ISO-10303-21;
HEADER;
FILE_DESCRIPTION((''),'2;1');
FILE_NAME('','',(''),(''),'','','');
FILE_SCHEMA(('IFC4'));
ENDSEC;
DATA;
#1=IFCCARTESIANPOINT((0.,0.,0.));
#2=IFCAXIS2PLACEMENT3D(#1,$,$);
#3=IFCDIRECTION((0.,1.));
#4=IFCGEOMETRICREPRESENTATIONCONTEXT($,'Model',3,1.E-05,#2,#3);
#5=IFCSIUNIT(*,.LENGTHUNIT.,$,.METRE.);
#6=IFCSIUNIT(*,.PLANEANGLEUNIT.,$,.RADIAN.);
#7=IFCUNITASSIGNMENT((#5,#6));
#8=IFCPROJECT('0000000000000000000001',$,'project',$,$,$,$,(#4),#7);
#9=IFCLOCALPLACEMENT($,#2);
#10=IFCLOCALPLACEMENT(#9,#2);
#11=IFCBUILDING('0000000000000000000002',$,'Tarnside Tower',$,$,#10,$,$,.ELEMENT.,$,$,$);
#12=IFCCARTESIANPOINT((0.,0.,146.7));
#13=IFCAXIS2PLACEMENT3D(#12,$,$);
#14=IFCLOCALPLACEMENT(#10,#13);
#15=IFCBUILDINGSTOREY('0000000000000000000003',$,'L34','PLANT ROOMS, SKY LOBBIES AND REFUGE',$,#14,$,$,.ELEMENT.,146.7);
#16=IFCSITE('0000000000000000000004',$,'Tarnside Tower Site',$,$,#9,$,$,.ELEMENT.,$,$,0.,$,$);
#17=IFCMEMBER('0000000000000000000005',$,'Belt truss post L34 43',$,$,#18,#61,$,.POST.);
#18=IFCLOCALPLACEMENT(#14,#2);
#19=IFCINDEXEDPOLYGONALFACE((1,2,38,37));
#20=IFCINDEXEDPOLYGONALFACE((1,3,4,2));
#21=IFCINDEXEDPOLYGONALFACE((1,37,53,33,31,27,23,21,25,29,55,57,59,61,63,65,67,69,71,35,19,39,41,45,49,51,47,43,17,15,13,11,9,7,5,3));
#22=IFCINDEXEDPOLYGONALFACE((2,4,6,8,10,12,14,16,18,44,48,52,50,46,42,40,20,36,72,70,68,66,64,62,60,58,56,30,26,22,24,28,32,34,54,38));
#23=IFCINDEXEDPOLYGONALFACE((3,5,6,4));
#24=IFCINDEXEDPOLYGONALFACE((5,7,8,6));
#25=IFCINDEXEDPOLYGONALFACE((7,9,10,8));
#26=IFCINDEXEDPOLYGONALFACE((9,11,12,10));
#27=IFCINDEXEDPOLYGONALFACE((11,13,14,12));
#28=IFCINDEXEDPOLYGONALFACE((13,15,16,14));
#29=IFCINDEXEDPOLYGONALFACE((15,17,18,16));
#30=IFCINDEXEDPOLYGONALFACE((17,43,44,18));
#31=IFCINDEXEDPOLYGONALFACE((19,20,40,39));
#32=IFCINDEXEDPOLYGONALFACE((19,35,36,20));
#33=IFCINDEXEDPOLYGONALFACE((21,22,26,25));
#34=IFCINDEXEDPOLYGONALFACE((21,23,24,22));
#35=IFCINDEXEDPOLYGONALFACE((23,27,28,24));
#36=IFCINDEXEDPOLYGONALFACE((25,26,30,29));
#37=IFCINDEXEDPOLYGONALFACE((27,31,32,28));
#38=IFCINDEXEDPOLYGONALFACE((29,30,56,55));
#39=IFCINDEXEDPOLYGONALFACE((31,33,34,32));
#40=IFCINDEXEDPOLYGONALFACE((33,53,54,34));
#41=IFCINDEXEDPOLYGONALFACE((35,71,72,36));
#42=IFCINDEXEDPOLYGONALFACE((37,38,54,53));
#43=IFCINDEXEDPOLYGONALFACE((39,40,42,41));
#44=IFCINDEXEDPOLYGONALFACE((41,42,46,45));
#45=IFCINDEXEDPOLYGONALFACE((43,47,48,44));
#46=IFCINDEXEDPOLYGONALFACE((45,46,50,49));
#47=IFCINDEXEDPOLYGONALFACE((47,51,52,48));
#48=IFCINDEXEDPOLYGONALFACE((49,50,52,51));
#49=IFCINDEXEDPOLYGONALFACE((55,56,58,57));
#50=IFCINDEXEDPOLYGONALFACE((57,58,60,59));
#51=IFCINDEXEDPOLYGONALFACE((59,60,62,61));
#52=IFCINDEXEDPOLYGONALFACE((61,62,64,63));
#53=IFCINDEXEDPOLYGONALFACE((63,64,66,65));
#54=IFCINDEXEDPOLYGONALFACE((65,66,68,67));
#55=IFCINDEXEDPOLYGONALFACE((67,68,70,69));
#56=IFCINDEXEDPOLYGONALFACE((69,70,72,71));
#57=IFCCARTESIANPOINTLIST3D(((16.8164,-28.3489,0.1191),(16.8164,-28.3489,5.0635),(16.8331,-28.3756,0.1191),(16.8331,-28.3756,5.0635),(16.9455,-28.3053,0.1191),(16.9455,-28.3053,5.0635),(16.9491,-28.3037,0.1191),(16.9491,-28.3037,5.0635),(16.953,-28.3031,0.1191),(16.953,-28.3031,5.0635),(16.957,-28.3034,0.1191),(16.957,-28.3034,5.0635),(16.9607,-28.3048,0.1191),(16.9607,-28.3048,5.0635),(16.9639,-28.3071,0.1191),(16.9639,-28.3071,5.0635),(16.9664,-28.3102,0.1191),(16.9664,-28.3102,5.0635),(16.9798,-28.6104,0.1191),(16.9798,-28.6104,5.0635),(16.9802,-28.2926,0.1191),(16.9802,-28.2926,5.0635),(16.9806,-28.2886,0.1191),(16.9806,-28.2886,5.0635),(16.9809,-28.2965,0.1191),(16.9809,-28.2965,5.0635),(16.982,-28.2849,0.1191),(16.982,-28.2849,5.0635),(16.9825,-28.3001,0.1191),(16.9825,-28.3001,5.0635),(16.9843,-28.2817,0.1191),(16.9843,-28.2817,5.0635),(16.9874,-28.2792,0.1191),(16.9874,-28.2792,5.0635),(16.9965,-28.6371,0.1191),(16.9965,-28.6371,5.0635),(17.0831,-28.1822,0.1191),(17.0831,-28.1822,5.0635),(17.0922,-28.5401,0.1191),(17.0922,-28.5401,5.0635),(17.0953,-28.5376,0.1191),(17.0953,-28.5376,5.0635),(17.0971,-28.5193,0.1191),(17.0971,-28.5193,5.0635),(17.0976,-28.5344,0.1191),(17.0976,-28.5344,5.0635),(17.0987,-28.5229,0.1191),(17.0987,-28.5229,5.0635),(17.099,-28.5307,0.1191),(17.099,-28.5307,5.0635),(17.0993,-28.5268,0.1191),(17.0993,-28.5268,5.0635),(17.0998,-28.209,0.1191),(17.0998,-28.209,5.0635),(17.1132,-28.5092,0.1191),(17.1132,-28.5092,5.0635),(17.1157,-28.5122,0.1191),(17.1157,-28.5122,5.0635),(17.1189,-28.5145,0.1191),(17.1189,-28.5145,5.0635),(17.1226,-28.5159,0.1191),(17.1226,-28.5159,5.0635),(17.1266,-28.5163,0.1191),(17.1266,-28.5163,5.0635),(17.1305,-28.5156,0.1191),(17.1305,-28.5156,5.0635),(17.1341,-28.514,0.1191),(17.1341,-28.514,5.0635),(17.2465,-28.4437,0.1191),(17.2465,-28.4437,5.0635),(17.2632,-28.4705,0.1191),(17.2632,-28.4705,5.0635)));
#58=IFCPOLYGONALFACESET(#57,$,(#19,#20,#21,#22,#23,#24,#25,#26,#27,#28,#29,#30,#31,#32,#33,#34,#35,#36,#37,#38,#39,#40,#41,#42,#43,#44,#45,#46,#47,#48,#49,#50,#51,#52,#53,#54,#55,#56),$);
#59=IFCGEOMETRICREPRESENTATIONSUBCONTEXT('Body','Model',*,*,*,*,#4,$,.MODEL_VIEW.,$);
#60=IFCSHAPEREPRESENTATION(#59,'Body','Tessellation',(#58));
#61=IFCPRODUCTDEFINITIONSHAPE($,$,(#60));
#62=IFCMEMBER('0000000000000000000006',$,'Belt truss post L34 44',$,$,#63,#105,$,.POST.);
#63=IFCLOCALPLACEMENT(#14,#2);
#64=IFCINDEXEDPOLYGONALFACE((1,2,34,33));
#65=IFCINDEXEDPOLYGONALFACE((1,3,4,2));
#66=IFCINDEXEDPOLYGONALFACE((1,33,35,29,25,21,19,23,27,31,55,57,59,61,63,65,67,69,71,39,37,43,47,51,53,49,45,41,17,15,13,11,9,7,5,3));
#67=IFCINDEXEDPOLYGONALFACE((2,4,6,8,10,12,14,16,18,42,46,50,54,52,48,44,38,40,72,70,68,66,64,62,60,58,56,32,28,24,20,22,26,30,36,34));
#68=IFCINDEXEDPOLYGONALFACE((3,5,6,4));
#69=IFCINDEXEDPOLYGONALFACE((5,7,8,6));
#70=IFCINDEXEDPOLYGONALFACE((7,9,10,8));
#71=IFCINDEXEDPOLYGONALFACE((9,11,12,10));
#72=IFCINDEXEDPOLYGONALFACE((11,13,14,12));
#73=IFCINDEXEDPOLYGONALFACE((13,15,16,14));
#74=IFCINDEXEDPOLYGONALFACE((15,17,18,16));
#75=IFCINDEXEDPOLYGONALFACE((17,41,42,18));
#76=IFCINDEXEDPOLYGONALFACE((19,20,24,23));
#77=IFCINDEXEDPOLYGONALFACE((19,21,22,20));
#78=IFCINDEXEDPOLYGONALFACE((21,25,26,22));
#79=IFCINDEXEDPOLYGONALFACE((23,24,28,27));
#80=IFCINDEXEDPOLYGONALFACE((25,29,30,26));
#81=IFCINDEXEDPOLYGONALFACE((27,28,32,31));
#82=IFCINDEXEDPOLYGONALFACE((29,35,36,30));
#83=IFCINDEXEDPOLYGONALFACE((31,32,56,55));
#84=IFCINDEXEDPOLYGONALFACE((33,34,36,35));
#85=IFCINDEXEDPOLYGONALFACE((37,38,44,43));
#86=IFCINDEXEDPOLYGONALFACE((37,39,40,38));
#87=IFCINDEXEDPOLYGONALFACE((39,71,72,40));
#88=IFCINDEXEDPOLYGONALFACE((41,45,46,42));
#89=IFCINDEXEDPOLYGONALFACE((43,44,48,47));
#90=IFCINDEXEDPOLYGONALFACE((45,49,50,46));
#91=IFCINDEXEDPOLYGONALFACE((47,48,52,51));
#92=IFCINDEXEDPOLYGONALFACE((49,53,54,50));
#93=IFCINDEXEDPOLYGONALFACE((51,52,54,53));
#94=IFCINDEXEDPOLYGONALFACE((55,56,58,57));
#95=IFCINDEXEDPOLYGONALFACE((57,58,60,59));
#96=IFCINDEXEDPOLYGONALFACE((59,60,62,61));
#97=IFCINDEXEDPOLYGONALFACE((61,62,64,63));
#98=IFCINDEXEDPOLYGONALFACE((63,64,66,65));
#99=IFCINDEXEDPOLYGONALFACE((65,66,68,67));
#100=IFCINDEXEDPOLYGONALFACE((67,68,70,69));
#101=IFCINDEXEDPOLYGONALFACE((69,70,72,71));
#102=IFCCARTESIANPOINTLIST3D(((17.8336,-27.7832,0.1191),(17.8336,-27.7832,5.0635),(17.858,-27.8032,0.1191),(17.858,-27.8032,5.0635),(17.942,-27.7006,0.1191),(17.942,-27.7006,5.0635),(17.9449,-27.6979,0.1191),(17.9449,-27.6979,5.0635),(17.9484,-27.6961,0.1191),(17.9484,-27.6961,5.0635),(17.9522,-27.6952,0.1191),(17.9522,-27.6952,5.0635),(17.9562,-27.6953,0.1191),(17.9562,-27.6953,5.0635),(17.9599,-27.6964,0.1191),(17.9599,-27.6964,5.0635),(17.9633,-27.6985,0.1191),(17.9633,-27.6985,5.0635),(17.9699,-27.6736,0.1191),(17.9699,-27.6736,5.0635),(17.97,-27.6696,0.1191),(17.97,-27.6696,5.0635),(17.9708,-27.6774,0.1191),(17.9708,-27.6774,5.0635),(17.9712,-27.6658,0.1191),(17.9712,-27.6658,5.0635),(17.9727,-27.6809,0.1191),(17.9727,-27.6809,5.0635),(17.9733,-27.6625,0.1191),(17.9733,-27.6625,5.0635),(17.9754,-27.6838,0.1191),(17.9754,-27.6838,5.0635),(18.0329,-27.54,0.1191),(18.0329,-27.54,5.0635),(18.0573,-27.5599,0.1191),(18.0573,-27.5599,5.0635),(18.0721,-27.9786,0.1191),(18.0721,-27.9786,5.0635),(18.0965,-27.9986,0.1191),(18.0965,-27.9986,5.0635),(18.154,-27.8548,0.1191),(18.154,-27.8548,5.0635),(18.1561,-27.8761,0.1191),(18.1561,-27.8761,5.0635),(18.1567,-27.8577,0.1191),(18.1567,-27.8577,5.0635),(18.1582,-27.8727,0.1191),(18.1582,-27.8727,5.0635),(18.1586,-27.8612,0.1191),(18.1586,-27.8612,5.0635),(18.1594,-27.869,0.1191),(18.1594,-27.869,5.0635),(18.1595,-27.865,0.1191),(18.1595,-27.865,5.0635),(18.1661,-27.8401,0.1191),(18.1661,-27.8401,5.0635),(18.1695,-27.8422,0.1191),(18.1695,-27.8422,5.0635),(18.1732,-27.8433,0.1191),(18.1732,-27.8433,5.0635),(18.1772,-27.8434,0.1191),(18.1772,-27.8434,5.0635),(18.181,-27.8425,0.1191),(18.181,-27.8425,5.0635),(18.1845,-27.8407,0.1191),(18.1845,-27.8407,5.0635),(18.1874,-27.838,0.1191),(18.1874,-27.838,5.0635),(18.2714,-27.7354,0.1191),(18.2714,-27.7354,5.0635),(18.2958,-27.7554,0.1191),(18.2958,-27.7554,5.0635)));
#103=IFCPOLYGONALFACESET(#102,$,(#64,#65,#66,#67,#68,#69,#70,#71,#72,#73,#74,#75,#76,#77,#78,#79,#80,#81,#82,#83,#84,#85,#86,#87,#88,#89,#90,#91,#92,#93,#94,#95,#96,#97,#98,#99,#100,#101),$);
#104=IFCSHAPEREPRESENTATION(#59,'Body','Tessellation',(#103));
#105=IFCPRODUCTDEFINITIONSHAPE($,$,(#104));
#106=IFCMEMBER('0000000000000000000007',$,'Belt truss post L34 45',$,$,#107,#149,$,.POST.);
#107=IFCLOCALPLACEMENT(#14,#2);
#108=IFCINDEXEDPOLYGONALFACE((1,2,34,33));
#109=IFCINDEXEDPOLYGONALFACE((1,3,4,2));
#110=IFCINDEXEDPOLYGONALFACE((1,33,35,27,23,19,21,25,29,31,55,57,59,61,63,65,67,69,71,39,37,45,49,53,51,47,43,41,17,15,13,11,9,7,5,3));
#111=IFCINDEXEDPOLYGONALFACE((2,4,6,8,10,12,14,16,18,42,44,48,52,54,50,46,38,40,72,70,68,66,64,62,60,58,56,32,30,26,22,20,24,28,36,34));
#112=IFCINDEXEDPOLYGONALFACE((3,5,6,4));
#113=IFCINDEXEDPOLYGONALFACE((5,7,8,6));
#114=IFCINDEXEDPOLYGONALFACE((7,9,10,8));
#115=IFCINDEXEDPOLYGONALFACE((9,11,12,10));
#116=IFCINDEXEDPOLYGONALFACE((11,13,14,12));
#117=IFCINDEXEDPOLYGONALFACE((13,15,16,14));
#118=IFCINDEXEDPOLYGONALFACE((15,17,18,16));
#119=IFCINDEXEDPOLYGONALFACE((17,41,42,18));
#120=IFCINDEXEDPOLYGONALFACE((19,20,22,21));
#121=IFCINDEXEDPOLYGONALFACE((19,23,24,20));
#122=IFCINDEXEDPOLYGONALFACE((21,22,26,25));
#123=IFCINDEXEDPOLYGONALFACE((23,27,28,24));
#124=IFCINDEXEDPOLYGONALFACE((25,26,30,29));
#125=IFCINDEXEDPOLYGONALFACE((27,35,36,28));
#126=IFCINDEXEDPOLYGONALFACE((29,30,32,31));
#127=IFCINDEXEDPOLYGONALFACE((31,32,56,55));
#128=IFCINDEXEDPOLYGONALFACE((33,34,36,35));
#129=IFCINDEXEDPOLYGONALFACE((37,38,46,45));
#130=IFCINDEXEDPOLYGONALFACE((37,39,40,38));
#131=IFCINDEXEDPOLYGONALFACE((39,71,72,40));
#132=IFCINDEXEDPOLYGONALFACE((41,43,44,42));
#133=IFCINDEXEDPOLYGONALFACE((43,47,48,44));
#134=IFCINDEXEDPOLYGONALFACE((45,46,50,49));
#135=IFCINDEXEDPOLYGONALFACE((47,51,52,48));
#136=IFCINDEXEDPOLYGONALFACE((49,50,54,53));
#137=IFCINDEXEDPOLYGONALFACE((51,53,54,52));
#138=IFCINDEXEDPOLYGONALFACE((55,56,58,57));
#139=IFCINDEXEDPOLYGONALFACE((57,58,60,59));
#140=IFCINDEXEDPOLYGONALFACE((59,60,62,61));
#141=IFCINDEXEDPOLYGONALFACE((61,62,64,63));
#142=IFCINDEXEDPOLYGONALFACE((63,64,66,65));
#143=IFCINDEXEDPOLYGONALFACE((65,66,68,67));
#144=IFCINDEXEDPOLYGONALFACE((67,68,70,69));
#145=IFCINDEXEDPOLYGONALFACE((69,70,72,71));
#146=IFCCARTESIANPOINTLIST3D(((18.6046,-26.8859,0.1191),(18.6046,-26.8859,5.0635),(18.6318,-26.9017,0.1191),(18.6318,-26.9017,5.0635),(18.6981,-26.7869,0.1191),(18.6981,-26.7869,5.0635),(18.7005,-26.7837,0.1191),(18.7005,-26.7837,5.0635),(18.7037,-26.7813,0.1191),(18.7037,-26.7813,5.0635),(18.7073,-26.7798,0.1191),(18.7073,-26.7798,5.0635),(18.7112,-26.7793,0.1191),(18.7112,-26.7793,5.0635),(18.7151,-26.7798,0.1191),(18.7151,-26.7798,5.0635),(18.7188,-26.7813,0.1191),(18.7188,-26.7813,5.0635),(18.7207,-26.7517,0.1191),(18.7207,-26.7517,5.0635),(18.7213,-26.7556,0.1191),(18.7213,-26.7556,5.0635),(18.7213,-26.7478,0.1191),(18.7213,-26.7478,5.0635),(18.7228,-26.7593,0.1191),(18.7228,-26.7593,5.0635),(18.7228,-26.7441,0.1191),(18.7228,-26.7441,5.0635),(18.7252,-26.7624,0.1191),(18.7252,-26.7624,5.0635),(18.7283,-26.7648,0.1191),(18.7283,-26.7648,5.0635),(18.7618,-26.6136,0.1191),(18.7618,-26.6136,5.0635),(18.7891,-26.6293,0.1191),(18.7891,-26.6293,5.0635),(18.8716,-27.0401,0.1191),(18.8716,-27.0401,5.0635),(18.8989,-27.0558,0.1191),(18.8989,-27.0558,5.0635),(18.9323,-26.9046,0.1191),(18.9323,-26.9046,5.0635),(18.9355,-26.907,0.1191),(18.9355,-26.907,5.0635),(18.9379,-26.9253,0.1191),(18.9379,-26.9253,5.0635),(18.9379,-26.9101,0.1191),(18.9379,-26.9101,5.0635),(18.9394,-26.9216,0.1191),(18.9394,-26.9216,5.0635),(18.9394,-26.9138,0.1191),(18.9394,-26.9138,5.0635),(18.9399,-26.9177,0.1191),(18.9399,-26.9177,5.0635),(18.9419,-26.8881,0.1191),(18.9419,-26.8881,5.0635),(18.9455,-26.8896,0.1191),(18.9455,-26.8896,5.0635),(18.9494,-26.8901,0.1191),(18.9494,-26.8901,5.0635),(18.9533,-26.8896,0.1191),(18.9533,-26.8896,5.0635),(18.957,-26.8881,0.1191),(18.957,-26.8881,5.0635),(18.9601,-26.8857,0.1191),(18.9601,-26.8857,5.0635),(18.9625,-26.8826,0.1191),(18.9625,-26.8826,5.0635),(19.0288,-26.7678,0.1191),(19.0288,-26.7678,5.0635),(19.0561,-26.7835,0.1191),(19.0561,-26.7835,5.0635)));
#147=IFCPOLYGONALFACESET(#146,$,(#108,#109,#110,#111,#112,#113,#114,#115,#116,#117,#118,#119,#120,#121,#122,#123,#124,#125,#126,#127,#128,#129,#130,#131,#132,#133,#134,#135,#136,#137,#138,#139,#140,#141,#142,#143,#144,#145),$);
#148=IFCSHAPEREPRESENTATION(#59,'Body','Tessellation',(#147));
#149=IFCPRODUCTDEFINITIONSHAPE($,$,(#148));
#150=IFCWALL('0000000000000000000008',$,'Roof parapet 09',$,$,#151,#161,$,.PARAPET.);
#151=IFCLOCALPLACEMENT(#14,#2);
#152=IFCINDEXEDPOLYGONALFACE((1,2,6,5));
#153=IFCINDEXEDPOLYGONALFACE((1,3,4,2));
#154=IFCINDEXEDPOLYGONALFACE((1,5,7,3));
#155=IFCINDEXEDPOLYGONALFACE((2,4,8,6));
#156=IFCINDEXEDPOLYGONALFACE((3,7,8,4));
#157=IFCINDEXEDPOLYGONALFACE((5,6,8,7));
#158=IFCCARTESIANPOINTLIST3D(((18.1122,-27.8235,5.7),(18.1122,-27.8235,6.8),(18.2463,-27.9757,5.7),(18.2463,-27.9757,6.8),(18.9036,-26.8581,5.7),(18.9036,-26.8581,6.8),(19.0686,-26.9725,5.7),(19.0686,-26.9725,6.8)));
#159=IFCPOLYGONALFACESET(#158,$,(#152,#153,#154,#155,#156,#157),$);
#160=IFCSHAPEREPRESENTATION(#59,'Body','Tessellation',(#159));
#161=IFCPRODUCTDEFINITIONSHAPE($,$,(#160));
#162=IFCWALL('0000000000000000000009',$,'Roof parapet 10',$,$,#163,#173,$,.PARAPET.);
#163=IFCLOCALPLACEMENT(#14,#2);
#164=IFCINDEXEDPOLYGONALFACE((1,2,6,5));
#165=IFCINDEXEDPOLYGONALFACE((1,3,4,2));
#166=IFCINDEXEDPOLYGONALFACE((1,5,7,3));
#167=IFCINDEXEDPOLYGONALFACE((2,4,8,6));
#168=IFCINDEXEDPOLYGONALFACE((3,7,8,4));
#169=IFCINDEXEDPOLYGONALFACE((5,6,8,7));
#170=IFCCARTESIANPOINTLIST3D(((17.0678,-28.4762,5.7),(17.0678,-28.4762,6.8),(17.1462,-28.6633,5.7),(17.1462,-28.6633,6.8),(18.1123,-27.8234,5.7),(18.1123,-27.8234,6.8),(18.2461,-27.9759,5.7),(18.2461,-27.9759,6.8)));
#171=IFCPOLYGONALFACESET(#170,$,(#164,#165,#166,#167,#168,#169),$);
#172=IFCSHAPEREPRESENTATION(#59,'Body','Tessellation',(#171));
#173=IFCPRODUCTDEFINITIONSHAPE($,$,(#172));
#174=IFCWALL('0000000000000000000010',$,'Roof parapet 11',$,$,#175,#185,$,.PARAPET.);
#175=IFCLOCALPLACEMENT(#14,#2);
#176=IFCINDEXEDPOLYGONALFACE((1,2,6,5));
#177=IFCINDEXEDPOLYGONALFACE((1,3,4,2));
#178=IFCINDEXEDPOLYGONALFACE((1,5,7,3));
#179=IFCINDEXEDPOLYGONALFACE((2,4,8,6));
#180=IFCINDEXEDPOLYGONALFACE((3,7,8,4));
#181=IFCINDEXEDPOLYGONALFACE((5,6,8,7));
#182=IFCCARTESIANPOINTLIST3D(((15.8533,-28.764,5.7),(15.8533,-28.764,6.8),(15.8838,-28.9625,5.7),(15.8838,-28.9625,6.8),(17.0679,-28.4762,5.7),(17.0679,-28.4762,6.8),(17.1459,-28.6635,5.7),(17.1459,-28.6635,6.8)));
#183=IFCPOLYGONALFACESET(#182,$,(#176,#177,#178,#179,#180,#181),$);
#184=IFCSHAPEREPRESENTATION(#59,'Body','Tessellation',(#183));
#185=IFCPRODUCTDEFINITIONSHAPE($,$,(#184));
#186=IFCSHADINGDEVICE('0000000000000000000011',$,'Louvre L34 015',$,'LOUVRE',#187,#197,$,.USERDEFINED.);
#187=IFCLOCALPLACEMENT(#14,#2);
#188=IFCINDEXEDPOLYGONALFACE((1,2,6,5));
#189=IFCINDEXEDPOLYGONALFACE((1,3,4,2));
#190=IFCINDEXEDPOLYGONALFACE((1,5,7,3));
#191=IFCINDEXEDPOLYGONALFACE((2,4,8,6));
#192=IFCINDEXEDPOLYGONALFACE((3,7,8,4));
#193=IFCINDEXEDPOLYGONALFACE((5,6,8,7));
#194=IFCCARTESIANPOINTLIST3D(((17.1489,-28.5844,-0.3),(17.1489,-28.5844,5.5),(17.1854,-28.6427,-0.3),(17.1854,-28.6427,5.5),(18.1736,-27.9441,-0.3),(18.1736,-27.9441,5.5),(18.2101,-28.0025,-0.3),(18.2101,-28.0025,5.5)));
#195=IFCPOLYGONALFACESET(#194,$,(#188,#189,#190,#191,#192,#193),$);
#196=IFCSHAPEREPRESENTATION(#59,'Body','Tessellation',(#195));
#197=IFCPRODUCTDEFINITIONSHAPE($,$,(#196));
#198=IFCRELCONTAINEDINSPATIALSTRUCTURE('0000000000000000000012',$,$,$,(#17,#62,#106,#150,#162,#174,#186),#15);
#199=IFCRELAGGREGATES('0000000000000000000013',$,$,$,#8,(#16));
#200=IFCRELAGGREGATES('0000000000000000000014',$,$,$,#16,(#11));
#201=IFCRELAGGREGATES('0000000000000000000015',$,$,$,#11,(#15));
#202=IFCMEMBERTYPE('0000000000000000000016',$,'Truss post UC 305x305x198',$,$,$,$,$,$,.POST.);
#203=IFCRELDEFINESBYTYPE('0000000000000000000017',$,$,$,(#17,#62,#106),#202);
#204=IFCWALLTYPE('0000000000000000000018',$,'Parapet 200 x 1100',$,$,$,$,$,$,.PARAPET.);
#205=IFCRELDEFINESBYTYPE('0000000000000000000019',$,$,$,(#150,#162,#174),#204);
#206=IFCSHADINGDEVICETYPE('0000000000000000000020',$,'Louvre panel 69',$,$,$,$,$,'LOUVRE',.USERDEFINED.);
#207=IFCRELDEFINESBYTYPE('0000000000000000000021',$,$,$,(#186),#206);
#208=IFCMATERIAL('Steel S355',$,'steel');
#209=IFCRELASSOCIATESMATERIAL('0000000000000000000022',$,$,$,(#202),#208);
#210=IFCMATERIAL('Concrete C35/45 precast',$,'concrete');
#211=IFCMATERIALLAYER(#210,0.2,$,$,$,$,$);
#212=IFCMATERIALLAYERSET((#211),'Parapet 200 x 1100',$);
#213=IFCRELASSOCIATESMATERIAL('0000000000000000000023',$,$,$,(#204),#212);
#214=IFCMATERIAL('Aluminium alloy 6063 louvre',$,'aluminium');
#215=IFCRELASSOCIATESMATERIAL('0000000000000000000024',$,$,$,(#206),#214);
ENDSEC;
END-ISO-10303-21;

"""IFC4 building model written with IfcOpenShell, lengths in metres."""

from ifc_helpers import new_model, si_unit, direction, frame, origin, origin_2d, place, context, subcontext, project, spatial, polyline, i_section, outline, extrude, material, layer, layer_set, material_profile, profile_set, type_object, element, save


model = new_model("IFC4")

# Units and contexts
model_context = context("Model", 3, precision=1e-05, world=origin(), true_north=direction((0.0, 1.0)))
body_context = subcontext(model_context, "Body", "Model", "MODEL_VIEW")
ifc_project = project(units=[si_unit("LENGTHUNIT", "METRE"), si_unit("PLANEANGLEUNIT", "RADIAN")], contexts=[model_context])

# Site, building, storey
site_placement = place(None, origin())
site = spatial("IfcSite", under=ifc_project, at=site_placement, Name="Tarnside Tower Site", CompositionType="ELEMENT", RefElevation=0.0)
building_placement = place(site_placement, origin())
building = spatial("IfcBuilding", under=site, at=building_placement, Name="Tarnside Tower", CompositionType="ELEMENT")
storey_placement = place(building_placement, frame((0.0, 0.0, 146.7)))
storey = spatial("IfcBuildingStorey", under=building, at=storey_placement, Name="L34", Description="PLANT ROOMS, SKY LOBBIES AND REFUGE", CompositionType="ELEMENT", Elevation=146.7)

# Shared definitions
ifc_material_1 = material(Name="Steel S355", Category="steel")

# Members
ifc_material_profile_1 = material_profile(ifc_material_1, i_section(OverallWidth=0.3145, OverallDepth=0.3398, WebThickness=0.019, FlangeThickness=0.0315, FilletRadius=0.0151, at=origin_2d()), Name="UC 305x305x198")
ifc_profile_set_1 = profile_set([ifc_material_profile_1], Name="Steel S355")
member_type_1 = type_object("IfcMemberType", Name="Truss post UC 305x305x198", PredefinedType="POST", material=ifc_profile_set_1)
for number, where, z_axis, x_axis, name in (
    (1, (17.0398, -28.4097, 0.1191), (0.0, 0.0, 1.0), (0.848048, 0.529919, 0.0), "Belt truss post L34 43"),
    (2, (18.0647, -27.7693, 0.1191), (0.0, 0.0, 1.0), (0.633831, 0.773472, 0.0), "Belt truss post L34 44"),
    (3, (18.8303, -26.8347, 0.1191), (0.0, 0.0, 1.0), (0.5, 0.866025, 0.0), "Belt truss post L34 45"),
):
    element("IfcMember", number, at=place(storey_placement, frame(where, z_axis=z_axis, x_axis=x_axis)), inside=storey, type_object=member_type_1, Name=name, PredefinedType="POST", context=body_context, shape_type="SweptSolid", body=[
        extrude(i_section(OverallWidth=0.3145, OverallDepth=0.3398, WebThickness=0.019, FlangeThickness=0.0315, FilletRadius=0.0151, at=origin_2d()), origin(), (0.0, 0.0, 1.0), 4.9443),
    ])

# Walls
ifc_material_2 = material(Name="Concrete C35/45 precast", Category="concrete")
ifc_layer_1 = layer(ifc_material_2, 0.2)
ifc_layer_set_1 = layer_set([ifc_layer_1], Name="Parapet 200 x 1100")
wall_type = type_object("IfcWallType", Name="Parapet 200 x 1100", PredefinedType="PARAPET", material=ifc_layer_set_1)
wall_1_placement = place(storey_placement, frame((18.9861, -26.9153, 5.7), z_axis=(0.0, 0.0, 1.0), x_axis=(-0.633937, -0.773384, 0.0)))
element("IfcWall", 4, at=wall_1_placement, inside=storey, type_object=wall_type, Name="Roof parapet 09", PredefinedType="PARAPET", context=body_context, shape_type="SweptSolid", body=[
    extrude(outline(polyline([(0.0081, -0.1001), (1.2563, -0.1001), (1.2891, 0.1001), (-0.0081, 0.1001), (0.0081, -0.1001)])), origin(), (0.0, 0.0, 1.0), 1.1001),
])
wall_2_placement = place(storey_placement, frame((18.1792, -27.8997, 5.7), z_axis=(0.0, 0.0, 1.0), x_axis=(-0.847998, -0.529999, 0.0)))
element("IfcWall", 5, at=wall_2_placement, inside=storey, type_object=wall_type, Name="Roof parapet 10", PredefinedType="PARAPET", context=body_context, shape_type="SweptSolid", body=[
    extrude(outline(polyline([(0.0164, -0.1001), (1.248, -0.1001), (1.2808, 0.1001), (-0.0164, 0.1001), (0.0164, -0.1001)])), origin(), (0.0, 0.0, 1.0), 1.1001),
])
wall_3_placement = place(storey_placement, frame((17.1069, -28.5698, 5.7), z_axis=(0.0, 0.0, 1.0), x_axis=(-0.973059, -0.230557, 0.0)))
element("IfcWall", 6, at=wall_3_placement, inside=storey, type_object=wall_type, Name="Roof parapet 11", PredefinedType="PARAPET", context=body_context, shape_type="SweptSolid", body=[
    extrude(outline(polyline([(0.0164, -0.1001), (1.2646, -0.1001), (1.2808, 0.1001), (-0.0164, 0.1001), (0.0164, -0.1001)])), origin(), (0.0, 0.0, 1.0), 1.1001),
])

# Shading device
ifc_material_3 = material(Name="Aluminium alloy 6063 louvre", Category="aluminium")
shading_device_type_1 = type_object("IfcShadingDeviceType", Name="Louvre panel 69", ElementType="LOUVRE", PredefinedType="USERDEFINED", material=ifc_material_3)
for number, where, z_axis, x_axis, name in (
    (7, (17.6614, -28.2642, -0.3), (-0.848049, -0.529917, 0.0), (0.529917, -0.848049, 0.0), "Louvre L34 015"),
):
    element("IfcShadingDevice", number, at=place(storey_placement, frame(where, z_axis=z_axis, x_axis=x_axis)), inside=storey, type_object=shading_device_type_1, Name=name, ObjectType="LOUVRE", PredefinedType="USERDEFINED", context=body_context, shape_type="SweptSolid", body=[
        extrude(outline(polyline([(0.0, 0.0), (0.0688, 0.0), (0.0688, 5.8), (0.0, 5.8), (0.0, 0.0)])), frame((0.0, 0.0, -0.604)), (0.0, 0.0, 1.0), 1.2083),
    ])

save(model, "model.ifc")
